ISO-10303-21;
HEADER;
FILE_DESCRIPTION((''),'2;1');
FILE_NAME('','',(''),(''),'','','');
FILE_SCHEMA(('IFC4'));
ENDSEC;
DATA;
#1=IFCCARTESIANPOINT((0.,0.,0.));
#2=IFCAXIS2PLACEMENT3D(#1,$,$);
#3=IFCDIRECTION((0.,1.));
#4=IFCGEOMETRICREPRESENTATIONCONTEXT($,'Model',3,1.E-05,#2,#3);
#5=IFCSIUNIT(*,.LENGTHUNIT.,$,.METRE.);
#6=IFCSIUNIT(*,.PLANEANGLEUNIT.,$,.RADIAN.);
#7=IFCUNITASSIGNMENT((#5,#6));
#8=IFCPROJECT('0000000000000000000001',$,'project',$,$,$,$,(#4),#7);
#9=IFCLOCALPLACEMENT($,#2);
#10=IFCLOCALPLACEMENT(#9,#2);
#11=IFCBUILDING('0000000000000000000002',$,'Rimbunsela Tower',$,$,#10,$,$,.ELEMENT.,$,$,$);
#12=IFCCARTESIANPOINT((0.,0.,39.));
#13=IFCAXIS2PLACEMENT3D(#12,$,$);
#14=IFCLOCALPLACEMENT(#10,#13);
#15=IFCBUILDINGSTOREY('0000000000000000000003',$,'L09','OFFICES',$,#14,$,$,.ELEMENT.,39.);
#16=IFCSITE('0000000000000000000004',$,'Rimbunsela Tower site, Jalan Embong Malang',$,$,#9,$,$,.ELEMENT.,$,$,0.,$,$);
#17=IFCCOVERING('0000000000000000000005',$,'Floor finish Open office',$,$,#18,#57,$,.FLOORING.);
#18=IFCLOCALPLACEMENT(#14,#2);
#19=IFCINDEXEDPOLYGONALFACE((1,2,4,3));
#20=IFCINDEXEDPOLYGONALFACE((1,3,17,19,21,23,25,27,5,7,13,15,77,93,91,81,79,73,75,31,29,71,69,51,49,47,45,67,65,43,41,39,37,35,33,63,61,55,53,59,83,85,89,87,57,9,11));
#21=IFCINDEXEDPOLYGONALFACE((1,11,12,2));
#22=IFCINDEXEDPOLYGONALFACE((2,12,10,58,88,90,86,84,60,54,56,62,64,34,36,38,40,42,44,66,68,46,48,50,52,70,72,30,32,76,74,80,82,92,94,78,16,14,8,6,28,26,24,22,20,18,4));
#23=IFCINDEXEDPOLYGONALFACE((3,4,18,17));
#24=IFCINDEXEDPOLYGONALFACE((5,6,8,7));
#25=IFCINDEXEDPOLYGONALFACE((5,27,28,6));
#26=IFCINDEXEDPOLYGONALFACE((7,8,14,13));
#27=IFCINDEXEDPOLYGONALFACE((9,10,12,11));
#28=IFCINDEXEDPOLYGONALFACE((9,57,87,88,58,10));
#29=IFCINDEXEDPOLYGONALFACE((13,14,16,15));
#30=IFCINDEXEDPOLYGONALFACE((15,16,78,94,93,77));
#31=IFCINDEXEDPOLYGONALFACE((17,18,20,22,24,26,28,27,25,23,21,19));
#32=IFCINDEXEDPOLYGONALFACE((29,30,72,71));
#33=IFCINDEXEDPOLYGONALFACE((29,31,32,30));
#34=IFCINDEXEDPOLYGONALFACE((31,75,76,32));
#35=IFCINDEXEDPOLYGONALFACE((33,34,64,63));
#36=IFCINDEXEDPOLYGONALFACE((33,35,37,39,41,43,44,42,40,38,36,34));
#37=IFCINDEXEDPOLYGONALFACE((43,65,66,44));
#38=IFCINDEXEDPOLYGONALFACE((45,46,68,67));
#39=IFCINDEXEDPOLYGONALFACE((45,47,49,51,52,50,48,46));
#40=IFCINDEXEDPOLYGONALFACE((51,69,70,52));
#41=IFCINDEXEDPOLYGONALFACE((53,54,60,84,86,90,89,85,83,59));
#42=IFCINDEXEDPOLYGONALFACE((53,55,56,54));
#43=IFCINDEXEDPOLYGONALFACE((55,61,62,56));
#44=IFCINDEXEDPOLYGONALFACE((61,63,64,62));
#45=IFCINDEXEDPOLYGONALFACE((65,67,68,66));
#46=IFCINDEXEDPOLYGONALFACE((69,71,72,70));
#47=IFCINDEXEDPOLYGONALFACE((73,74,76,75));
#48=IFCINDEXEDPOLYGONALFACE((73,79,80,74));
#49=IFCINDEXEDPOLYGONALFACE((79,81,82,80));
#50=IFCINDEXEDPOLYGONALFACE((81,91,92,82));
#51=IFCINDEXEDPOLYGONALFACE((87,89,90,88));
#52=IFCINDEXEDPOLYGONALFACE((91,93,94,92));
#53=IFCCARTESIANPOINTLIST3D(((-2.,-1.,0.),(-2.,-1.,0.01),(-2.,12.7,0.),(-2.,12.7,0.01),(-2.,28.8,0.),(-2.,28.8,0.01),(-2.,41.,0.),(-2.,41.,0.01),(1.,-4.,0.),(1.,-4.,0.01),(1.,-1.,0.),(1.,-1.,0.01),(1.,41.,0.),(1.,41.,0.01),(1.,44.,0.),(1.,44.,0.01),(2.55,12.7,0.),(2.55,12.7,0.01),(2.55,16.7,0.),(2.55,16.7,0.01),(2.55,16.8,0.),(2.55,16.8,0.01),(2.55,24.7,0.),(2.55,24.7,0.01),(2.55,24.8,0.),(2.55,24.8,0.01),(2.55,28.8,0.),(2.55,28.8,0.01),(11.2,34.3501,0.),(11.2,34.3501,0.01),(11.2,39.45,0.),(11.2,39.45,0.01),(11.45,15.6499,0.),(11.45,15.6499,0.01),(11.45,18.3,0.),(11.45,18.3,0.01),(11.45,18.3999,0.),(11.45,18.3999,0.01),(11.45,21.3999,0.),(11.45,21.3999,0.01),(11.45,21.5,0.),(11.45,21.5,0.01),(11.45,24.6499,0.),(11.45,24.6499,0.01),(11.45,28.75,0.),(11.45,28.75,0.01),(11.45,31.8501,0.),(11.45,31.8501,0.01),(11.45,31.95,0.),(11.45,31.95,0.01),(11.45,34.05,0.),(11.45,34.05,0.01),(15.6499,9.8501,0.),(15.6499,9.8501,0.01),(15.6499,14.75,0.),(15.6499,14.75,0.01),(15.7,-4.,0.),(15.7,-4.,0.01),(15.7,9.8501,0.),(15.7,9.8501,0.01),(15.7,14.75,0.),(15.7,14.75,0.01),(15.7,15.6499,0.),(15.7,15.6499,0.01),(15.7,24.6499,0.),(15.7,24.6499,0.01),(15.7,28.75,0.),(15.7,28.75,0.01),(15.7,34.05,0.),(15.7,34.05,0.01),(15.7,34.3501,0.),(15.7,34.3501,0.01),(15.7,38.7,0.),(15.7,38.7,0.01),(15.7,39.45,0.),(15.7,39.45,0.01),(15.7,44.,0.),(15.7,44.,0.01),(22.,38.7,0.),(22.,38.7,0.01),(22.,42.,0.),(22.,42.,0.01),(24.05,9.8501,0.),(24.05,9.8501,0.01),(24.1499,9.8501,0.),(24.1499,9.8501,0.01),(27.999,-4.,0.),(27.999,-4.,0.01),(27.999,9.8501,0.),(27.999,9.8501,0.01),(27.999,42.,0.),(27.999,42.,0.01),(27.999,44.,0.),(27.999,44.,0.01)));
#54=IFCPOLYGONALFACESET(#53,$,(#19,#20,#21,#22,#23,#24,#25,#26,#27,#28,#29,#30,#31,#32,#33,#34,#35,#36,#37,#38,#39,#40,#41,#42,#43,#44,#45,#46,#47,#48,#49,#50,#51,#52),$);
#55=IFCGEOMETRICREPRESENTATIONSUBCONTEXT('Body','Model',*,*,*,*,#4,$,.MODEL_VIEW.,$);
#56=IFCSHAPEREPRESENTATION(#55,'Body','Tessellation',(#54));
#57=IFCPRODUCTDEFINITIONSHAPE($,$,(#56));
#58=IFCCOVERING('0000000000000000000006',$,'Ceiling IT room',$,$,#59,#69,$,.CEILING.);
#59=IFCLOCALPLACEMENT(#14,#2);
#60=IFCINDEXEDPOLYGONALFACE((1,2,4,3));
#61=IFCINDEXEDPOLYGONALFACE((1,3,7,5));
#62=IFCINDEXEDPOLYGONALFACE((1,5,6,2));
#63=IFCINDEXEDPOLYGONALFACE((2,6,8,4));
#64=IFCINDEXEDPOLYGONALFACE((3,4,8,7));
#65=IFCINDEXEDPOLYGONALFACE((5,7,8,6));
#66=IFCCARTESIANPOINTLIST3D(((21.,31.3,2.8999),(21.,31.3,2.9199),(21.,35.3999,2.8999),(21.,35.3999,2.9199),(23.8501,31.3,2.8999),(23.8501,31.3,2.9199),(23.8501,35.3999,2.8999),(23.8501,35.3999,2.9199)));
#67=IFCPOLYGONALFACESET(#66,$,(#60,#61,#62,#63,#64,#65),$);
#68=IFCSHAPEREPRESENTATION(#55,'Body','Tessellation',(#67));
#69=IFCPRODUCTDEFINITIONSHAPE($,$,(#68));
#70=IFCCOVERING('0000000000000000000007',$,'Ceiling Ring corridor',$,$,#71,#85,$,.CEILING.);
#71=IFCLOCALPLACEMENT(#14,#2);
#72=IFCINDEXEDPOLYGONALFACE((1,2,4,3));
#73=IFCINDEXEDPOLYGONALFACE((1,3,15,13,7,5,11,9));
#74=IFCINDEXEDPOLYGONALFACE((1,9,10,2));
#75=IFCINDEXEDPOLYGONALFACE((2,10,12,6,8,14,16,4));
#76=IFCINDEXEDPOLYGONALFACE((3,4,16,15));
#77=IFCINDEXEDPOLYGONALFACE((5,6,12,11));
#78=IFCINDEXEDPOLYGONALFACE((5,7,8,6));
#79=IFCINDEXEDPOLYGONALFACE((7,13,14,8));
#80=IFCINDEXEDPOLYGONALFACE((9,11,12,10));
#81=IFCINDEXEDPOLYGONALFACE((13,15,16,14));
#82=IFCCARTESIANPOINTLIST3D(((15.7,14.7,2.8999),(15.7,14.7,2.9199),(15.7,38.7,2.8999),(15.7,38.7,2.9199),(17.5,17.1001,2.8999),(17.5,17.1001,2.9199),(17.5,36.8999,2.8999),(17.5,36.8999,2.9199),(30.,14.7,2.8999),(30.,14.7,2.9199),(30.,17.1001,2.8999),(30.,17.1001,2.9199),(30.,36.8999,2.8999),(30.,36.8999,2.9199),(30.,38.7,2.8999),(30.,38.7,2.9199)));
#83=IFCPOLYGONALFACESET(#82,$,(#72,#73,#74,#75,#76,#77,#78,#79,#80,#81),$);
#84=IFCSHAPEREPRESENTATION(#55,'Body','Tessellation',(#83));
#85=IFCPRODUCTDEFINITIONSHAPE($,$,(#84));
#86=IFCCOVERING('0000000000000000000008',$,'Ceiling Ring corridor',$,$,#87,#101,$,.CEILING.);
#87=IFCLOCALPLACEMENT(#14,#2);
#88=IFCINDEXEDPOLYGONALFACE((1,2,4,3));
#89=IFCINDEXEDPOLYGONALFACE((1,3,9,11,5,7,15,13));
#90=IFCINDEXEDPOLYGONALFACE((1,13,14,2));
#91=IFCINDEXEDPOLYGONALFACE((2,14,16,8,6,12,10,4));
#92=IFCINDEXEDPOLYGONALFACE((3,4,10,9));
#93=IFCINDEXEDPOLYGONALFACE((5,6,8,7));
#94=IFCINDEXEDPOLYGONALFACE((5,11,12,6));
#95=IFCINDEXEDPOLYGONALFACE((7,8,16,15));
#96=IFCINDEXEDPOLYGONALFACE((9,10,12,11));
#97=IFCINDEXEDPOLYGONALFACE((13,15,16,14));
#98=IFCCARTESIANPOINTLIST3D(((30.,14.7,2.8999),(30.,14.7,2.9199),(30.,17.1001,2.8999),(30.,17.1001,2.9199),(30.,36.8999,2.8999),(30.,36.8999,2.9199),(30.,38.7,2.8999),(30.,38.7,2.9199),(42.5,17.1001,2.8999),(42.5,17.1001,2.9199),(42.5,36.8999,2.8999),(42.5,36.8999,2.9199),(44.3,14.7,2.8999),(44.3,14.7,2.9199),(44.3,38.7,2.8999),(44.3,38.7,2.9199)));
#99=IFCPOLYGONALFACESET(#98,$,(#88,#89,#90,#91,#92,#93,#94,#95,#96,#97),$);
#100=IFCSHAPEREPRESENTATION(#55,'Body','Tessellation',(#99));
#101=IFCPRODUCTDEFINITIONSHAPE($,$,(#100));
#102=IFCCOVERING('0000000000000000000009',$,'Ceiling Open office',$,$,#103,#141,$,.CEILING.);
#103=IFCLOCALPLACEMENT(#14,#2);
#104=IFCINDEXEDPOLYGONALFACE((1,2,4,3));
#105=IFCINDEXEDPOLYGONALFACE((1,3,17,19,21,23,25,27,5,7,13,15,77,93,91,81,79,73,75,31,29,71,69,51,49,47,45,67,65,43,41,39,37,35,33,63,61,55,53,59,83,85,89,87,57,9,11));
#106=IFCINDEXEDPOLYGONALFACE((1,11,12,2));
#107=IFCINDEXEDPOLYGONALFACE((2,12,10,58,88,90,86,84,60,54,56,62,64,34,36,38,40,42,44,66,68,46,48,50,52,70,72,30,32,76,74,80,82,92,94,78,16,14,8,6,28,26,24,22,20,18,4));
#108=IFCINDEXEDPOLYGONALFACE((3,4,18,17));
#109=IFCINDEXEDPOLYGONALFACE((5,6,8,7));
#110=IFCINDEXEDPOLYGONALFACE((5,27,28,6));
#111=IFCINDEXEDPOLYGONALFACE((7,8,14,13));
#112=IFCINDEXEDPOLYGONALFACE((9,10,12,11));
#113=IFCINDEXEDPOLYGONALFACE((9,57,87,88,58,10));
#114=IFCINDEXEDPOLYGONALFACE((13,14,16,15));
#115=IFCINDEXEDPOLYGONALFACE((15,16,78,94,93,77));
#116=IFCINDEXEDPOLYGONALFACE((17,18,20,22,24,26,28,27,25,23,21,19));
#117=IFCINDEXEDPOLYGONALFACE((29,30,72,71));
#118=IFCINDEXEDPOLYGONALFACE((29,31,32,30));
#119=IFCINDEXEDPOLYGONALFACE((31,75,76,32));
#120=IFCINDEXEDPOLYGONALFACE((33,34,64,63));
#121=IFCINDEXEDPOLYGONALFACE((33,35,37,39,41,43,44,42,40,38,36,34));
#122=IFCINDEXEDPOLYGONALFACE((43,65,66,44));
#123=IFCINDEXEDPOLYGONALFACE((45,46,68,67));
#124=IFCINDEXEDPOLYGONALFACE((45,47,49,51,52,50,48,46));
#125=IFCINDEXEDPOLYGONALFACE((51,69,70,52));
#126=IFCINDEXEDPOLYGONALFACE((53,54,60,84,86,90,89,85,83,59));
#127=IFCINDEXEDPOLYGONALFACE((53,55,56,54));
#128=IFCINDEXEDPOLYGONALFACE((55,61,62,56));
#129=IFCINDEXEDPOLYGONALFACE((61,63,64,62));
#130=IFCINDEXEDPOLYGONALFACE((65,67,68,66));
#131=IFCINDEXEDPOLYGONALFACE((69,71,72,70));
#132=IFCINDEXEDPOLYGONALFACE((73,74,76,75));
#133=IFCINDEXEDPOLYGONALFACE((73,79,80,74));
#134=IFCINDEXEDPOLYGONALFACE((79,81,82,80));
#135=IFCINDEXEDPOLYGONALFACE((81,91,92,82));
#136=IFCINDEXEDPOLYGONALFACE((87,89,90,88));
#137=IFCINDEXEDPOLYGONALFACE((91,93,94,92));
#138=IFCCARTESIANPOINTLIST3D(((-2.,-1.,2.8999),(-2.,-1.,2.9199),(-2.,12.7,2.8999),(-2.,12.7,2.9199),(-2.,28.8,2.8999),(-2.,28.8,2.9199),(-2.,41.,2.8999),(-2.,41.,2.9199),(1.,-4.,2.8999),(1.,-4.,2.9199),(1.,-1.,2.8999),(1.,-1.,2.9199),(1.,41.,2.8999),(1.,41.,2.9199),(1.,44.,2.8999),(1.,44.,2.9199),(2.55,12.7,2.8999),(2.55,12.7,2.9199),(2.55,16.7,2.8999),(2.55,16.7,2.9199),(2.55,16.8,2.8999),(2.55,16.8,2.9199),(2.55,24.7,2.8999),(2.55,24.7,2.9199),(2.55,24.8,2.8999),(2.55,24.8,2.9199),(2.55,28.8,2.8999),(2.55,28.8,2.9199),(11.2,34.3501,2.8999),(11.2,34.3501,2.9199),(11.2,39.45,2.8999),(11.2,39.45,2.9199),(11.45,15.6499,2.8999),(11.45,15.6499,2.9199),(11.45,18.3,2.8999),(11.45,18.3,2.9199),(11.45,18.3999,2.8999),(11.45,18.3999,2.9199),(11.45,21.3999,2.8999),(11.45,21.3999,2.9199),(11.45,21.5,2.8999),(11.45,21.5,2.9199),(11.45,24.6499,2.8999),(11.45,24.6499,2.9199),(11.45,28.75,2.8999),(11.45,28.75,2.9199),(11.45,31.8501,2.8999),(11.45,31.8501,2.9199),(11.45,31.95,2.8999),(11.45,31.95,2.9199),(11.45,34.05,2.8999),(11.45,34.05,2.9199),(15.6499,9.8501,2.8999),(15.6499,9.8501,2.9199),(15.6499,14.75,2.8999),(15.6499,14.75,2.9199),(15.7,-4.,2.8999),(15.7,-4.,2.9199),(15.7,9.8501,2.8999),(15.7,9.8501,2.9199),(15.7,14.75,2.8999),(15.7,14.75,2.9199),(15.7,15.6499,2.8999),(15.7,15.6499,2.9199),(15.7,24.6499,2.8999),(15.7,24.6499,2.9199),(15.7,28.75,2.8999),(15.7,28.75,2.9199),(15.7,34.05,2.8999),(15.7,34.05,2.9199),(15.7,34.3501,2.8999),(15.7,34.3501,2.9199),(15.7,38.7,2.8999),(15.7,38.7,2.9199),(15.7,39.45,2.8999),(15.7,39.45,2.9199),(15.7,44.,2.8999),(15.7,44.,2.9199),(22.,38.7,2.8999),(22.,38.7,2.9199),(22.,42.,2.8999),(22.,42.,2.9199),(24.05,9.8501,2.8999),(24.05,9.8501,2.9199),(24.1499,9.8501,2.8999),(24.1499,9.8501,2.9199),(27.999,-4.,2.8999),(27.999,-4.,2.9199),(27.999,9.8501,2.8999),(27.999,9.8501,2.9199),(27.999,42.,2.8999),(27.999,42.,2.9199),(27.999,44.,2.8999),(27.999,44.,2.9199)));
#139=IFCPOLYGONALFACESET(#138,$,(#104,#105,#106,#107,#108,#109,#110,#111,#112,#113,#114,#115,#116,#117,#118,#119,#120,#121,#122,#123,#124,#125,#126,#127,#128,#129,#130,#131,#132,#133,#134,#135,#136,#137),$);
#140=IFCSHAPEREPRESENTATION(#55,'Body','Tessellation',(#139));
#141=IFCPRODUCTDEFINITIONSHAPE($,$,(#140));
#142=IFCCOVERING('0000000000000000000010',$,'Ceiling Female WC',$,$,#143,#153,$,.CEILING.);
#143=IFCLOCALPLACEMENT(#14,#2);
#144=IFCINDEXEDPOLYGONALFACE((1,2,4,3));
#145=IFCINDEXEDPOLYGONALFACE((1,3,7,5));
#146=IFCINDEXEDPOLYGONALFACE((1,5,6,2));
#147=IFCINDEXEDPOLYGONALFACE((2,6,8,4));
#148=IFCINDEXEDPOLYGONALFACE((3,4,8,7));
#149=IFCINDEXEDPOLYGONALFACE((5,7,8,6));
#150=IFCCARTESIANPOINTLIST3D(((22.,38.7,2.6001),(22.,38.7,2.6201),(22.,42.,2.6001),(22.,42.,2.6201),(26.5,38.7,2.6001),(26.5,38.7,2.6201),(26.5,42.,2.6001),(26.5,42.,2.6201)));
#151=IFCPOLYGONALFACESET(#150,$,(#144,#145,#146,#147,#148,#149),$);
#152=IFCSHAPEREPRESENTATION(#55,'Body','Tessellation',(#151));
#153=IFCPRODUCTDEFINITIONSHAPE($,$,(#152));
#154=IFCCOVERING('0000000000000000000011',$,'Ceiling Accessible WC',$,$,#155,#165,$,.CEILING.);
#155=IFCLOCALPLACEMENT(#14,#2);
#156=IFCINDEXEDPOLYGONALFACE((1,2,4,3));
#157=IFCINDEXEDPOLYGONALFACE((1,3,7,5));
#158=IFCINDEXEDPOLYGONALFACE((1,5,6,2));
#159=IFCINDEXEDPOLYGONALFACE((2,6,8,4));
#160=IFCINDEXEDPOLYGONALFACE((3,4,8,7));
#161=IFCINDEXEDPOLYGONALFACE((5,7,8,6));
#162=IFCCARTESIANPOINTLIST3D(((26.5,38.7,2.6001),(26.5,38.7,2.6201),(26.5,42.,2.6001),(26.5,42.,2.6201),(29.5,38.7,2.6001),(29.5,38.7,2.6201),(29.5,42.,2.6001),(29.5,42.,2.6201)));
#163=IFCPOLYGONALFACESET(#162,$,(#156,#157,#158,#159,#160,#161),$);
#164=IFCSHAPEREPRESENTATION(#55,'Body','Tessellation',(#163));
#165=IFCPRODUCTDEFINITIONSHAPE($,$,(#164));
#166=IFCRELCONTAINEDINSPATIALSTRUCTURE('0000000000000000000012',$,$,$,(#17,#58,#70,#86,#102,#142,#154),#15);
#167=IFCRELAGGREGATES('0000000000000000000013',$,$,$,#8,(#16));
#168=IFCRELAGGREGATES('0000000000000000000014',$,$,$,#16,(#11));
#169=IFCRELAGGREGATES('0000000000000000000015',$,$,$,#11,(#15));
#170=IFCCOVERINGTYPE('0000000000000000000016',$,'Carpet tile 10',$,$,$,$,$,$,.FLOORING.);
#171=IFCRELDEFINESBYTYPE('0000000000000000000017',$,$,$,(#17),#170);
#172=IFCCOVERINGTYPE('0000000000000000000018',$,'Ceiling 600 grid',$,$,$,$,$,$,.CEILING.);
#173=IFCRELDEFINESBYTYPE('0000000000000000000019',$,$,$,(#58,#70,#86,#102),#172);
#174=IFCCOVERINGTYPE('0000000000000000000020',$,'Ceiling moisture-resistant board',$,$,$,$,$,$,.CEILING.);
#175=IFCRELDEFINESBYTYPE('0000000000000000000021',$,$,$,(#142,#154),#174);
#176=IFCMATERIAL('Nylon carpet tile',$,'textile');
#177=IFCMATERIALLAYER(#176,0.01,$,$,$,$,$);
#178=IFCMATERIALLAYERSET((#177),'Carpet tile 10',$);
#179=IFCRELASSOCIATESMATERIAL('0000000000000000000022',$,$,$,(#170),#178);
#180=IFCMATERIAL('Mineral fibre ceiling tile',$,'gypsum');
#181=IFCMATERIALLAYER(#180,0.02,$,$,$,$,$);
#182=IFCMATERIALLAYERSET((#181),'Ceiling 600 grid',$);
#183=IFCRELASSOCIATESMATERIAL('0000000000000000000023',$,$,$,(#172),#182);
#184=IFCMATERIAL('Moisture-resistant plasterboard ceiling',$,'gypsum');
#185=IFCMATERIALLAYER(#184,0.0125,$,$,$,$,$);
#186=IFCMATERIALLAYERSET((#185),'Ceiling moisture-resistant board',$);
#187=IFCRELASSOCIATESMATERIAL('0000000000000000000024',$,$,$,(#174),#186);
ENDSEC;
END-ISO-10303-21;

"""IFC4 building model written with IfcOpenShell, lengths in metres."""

from ifc_helpers import new_model, si_unit, direction, frame, origin, place, context, subcontext, project, spatial, polyline, outline, extrude, material, layer, layer_set, type_object, element, save


model = new_model("IFC4")

# Units and contexts
model_context = context("Model", 3, precision=1e-05, world=origin(), true_north=direction((0.0, 1.0)))
body_context = subcontext(model_context, "Body", "Model", "MODEL_VIEW")
ifc_project = project(units=[si_unit("LENGTHUNIT", "METRE"), si_unit("PLANEANGLEUNIT", "RADIAN")], contexts=[model_context])

# Site, building, storey
site_placement = place(None, origin())
site = spatial("IfcSite", under=ifc_project, at=site_placement, Name="Rimbunsela Tower site, Jalan Embong Malang", CompositionType="ELEMENT", RefElevation=0.0)
building_placement = place(site_placement, origin())
building = spatial("IfcBuilding", under=site, at=building_placement, Name="Rimbunsela Tower", CompositionType="ELEMENT")
storey_placement = place(building_placement, frame((0.0, 0.0, 39.0)))
storey = spatial("IfcBuildingStorey", under=building, at=storey_placement, Name="L09", Description="OFFICES", CompositionType="ELEMENT", Elevation=39.0)

# Coverings
ifc_material_1 = material(Name="Nylon carpet tile", Category="textile")
ifc_layer_1 = layer(ifc_material_1, 0.01)
ifc_layer_set_1 = layer_set([ifc_layer_1], Name="Carpet tile 10")
covering_type_1 = type_object("IfcCoveringType", Name="Carpet tile 10", PredefinedType="FLOORING", material=ifc_layer_set_1)
covering_1_placement = place(storey_placement, origin())
element("IfcCovering", 1, at=covering_1_placement, inside=storey, type_object=covering_type_1, Name="Floor finish Open office", PredefinedType="FLOORING", context=body_context, shape_type="SweptSolid", body=[
    extrude(outline(polyline([(15.7, 39.45), (11.2, 39.45), (11.2, 34.3501), (15.7, 34.3501), (15.7, 34.05), (11.45, 34.05), (11.45, 31.95), (11.45, 31.8501), (11.45, 28.75), (15.7, 28.75), (15.7, 24.6499), (11.45, 24.6499), (11.45, 21.5), (11.45, 21.3999), (11.45, 18.3999), (11.45, 18.3), (11.45, 15.6499), (15.7, 15.6499), (15.7, 14.75), (15.6499, 14.75), (15.6499, 9.8501), (15.7, 9.8501), (24.05, 9.8501), (24.1499, 9.8501), (27.999, 9.8501), (27.999, -4.0), (15.7, -4.0), (1.0, -4.0), (1.0, -1.0), (-2.0, -1.0), (-2.0, 12.7), (2.55, 12.7), (2.55, 16.7), (2.55, 16.8), (2.55, 24.7), (2.55, 24.8), (2.55, 28.8), (-2.0, 28.8), (-2.0, 41.0), (1.0, 41.0), (1.0, 44.0), (15.7, 44.0), (27.999, 44.0), (27.999, 42.0), (22.0, 42.0), (22.0, 38.7), (15.7, 38.7), (15.7, 39.45)])), origin(), (0.0, 0.0, 1.0), 0.01),
])
ifc_material_2 = material(Name="Mineral fibre ceiling tile", Category="gypsum")
ifc_layer_2 = layer(ifc_material_2, 0.02)
ifc_layer_set_2 = layer_set([ifc_layer_2], Name="Ceiling 600 grid")
covering_type_2 = type_object("IfcCoveringType", Name="Ceiling 600 grid", PredefinedType="CEILING", material=ifc_layer_set_2)
covering_2_placement = place(storey_placement, frame((0.0, 0.0, 2.8999)))
element("IfcCovering", 2, at=covering_2_placement, inside=storey, type_object=covering_type_2, Name="Ceiling IT room", PredefinedType="CEILING", context=body_context, shape_type="SweptSolid", body=[
    extrude(outline(polyline([(23.8501, 31.3), (23.8501, 35.3999), (21.0, 35.3999), (21.0, 31.3), (23.8501, 31.3)])), origin(), (0.0, 0.0, 1.0), 0.02),
])
covering_3_placement = place(storey_placement, frame((0.0, 0.0, 2.8999)))
element("IfcCovering", 3, at=covering_3_placement, inside=storey, type_object=covering_type_2, Name="Ceiling Ring corridor", PredefinedType="CEILING", context=body_context, shape_type="SweptSolid", body=[
    extrude(outline(polyline([(15.7, 38.7), (30.0, 38.7), (30.0, 36.8999), (17.5, 36.8999), (17.5, 17.1001), (30.0, 17.1001), (30.0, 14.7), (15.7, 14.7), (15.7, 38.7)])), origin(), (0.0, 0.0, 1.0), 0.02),
])
covering_4_placement = place(storey_placement, frame((0.0, 0.0, 2.8999)))
element("IfcCovering", 4, at=covering_4_placement, inside=storey, type_object=covering_type_2, Name="Ceiling Ring corridor", PredefinedType="CEILING", context=body_context, shape_type="SweptSolid", body=[
    extrude(outline(polyline([(44.3, 38.7), (44.3, 14.7), (30.0, 14.7), (30.0, 17.1001), (42.5, 17.1001), (42.5, 36.8999), (30.0, 36.8999), (30.0, 38.7), (44.3, 38.7)])), origin(), (0.0, 0.0, 1.0), 0.02),
])
covering_5_placement = place(storey_placement, frame((0.0, 0.0, 2.8999)))
element("IfcCovering", 5, at=covering_5_placement, inside=storey, type_object=covering_type_2, Name="Ceiling Open office", PredefinedType="CEILING", context=body_context, shape_type="SweptSolid", body=[
    extrude(outline(polyline([(15.7, 39.45), (11.2, 39.45), (11.2, 34.3501), (15.7, 34.3501), (15.7, 34.05), (11.45, 34.05), (11.45, 31.95), (11.45, 31.8501), (11.45, 28.75), (15.7, 28.75), (15.7, 24.6499), (11.45, 24.6499), (11.45, 21.5), (11.45, 21.3999), (11.45, 18.3999), (11.45, 18.3), (11.45, 15.6499), (15.7, 15.6499), (15.7, 14.75), (15.6499, 14.75), (15.6499, 9.8501), (15.7, 9.8501), (24.05, 9.8501), (24.1499, 9.8501), (27.999, 9.8501), (27.999, -4.0), (15.7, -4.0), (1.0, -4.0), (1.0, -1.0), (-2.0, -1.0), (-2.0, 12.7), (2.55, 12.7), (2.55, 16.7), (2.55, 16.8), (2.55, 24.7), (2.55, 24.8), (2.55, 28.8), (-2.0, 28.8), (-2.0, 41.0), (1.0, 41.0), (1.0, 44.0), (15.7, 44.0), (27.999, 44.0), (27.999, 42.0), (22.0, 42.0), (22.0, 38.7), (15.7, 38.7), (15.7, 39.45)])), origin(), (0.0, 0.0, 1.0), 0.02),
])
ifc_material_3 = material(Name="Moisture-resistant plasterboard ceiling", Category="gypsum")
ifc_layer_3 = layer(ifc_material_3, 0.0125)
ifc_layer_set_3 = layer_set([ifc_layer_3], Name="Ceiling moisture-resistant board")
covering_type_3 = type_object("IfcCoveringType", Name="Ceiling moisture-resistant board", PredefinedType="CEILING", material=ifc_layer_set_3)
covering_6_placement = place(storey_placement, frame((0.0, 0.0, 2.6001)))
element("IfcCovering", 6, at=covering_6_placement, inside=storey, type_object=covering_type_3, Name="Ceiling Female WC", PredefinedType="CEILING", context=body_context, shape_type="SweptSolid", body=[
    extrude(outline(polyline([(26.5, 38.7), (26.5, 42.0), (22.0, 42.0), (22.0, 38.7), (26.5, 38.7)])), origin(), (0.0, 0.0, 1.0), 0.02),
])
covering_7_placement = place(storey_placement, frame((0.0, 0.0, 2.6001)))
element("IfcCovering", 7, at=covering_7_placement, inside=storey, type_object=covering_type_3, Name="Ceiling Accessible WC", PredefinedType="CEILING", context=body_context, shape_type="SweptSolid", body=[
    extrude(outline(polyline([(29.5, 38.7), (29.5, 42.0), (26.5, 42.0), (26.5, 38.7), (29.5, 38.7)])), origin(), (0.0, 0.0, 1.0), 0.02),
])

save(model, "model.ifc")
